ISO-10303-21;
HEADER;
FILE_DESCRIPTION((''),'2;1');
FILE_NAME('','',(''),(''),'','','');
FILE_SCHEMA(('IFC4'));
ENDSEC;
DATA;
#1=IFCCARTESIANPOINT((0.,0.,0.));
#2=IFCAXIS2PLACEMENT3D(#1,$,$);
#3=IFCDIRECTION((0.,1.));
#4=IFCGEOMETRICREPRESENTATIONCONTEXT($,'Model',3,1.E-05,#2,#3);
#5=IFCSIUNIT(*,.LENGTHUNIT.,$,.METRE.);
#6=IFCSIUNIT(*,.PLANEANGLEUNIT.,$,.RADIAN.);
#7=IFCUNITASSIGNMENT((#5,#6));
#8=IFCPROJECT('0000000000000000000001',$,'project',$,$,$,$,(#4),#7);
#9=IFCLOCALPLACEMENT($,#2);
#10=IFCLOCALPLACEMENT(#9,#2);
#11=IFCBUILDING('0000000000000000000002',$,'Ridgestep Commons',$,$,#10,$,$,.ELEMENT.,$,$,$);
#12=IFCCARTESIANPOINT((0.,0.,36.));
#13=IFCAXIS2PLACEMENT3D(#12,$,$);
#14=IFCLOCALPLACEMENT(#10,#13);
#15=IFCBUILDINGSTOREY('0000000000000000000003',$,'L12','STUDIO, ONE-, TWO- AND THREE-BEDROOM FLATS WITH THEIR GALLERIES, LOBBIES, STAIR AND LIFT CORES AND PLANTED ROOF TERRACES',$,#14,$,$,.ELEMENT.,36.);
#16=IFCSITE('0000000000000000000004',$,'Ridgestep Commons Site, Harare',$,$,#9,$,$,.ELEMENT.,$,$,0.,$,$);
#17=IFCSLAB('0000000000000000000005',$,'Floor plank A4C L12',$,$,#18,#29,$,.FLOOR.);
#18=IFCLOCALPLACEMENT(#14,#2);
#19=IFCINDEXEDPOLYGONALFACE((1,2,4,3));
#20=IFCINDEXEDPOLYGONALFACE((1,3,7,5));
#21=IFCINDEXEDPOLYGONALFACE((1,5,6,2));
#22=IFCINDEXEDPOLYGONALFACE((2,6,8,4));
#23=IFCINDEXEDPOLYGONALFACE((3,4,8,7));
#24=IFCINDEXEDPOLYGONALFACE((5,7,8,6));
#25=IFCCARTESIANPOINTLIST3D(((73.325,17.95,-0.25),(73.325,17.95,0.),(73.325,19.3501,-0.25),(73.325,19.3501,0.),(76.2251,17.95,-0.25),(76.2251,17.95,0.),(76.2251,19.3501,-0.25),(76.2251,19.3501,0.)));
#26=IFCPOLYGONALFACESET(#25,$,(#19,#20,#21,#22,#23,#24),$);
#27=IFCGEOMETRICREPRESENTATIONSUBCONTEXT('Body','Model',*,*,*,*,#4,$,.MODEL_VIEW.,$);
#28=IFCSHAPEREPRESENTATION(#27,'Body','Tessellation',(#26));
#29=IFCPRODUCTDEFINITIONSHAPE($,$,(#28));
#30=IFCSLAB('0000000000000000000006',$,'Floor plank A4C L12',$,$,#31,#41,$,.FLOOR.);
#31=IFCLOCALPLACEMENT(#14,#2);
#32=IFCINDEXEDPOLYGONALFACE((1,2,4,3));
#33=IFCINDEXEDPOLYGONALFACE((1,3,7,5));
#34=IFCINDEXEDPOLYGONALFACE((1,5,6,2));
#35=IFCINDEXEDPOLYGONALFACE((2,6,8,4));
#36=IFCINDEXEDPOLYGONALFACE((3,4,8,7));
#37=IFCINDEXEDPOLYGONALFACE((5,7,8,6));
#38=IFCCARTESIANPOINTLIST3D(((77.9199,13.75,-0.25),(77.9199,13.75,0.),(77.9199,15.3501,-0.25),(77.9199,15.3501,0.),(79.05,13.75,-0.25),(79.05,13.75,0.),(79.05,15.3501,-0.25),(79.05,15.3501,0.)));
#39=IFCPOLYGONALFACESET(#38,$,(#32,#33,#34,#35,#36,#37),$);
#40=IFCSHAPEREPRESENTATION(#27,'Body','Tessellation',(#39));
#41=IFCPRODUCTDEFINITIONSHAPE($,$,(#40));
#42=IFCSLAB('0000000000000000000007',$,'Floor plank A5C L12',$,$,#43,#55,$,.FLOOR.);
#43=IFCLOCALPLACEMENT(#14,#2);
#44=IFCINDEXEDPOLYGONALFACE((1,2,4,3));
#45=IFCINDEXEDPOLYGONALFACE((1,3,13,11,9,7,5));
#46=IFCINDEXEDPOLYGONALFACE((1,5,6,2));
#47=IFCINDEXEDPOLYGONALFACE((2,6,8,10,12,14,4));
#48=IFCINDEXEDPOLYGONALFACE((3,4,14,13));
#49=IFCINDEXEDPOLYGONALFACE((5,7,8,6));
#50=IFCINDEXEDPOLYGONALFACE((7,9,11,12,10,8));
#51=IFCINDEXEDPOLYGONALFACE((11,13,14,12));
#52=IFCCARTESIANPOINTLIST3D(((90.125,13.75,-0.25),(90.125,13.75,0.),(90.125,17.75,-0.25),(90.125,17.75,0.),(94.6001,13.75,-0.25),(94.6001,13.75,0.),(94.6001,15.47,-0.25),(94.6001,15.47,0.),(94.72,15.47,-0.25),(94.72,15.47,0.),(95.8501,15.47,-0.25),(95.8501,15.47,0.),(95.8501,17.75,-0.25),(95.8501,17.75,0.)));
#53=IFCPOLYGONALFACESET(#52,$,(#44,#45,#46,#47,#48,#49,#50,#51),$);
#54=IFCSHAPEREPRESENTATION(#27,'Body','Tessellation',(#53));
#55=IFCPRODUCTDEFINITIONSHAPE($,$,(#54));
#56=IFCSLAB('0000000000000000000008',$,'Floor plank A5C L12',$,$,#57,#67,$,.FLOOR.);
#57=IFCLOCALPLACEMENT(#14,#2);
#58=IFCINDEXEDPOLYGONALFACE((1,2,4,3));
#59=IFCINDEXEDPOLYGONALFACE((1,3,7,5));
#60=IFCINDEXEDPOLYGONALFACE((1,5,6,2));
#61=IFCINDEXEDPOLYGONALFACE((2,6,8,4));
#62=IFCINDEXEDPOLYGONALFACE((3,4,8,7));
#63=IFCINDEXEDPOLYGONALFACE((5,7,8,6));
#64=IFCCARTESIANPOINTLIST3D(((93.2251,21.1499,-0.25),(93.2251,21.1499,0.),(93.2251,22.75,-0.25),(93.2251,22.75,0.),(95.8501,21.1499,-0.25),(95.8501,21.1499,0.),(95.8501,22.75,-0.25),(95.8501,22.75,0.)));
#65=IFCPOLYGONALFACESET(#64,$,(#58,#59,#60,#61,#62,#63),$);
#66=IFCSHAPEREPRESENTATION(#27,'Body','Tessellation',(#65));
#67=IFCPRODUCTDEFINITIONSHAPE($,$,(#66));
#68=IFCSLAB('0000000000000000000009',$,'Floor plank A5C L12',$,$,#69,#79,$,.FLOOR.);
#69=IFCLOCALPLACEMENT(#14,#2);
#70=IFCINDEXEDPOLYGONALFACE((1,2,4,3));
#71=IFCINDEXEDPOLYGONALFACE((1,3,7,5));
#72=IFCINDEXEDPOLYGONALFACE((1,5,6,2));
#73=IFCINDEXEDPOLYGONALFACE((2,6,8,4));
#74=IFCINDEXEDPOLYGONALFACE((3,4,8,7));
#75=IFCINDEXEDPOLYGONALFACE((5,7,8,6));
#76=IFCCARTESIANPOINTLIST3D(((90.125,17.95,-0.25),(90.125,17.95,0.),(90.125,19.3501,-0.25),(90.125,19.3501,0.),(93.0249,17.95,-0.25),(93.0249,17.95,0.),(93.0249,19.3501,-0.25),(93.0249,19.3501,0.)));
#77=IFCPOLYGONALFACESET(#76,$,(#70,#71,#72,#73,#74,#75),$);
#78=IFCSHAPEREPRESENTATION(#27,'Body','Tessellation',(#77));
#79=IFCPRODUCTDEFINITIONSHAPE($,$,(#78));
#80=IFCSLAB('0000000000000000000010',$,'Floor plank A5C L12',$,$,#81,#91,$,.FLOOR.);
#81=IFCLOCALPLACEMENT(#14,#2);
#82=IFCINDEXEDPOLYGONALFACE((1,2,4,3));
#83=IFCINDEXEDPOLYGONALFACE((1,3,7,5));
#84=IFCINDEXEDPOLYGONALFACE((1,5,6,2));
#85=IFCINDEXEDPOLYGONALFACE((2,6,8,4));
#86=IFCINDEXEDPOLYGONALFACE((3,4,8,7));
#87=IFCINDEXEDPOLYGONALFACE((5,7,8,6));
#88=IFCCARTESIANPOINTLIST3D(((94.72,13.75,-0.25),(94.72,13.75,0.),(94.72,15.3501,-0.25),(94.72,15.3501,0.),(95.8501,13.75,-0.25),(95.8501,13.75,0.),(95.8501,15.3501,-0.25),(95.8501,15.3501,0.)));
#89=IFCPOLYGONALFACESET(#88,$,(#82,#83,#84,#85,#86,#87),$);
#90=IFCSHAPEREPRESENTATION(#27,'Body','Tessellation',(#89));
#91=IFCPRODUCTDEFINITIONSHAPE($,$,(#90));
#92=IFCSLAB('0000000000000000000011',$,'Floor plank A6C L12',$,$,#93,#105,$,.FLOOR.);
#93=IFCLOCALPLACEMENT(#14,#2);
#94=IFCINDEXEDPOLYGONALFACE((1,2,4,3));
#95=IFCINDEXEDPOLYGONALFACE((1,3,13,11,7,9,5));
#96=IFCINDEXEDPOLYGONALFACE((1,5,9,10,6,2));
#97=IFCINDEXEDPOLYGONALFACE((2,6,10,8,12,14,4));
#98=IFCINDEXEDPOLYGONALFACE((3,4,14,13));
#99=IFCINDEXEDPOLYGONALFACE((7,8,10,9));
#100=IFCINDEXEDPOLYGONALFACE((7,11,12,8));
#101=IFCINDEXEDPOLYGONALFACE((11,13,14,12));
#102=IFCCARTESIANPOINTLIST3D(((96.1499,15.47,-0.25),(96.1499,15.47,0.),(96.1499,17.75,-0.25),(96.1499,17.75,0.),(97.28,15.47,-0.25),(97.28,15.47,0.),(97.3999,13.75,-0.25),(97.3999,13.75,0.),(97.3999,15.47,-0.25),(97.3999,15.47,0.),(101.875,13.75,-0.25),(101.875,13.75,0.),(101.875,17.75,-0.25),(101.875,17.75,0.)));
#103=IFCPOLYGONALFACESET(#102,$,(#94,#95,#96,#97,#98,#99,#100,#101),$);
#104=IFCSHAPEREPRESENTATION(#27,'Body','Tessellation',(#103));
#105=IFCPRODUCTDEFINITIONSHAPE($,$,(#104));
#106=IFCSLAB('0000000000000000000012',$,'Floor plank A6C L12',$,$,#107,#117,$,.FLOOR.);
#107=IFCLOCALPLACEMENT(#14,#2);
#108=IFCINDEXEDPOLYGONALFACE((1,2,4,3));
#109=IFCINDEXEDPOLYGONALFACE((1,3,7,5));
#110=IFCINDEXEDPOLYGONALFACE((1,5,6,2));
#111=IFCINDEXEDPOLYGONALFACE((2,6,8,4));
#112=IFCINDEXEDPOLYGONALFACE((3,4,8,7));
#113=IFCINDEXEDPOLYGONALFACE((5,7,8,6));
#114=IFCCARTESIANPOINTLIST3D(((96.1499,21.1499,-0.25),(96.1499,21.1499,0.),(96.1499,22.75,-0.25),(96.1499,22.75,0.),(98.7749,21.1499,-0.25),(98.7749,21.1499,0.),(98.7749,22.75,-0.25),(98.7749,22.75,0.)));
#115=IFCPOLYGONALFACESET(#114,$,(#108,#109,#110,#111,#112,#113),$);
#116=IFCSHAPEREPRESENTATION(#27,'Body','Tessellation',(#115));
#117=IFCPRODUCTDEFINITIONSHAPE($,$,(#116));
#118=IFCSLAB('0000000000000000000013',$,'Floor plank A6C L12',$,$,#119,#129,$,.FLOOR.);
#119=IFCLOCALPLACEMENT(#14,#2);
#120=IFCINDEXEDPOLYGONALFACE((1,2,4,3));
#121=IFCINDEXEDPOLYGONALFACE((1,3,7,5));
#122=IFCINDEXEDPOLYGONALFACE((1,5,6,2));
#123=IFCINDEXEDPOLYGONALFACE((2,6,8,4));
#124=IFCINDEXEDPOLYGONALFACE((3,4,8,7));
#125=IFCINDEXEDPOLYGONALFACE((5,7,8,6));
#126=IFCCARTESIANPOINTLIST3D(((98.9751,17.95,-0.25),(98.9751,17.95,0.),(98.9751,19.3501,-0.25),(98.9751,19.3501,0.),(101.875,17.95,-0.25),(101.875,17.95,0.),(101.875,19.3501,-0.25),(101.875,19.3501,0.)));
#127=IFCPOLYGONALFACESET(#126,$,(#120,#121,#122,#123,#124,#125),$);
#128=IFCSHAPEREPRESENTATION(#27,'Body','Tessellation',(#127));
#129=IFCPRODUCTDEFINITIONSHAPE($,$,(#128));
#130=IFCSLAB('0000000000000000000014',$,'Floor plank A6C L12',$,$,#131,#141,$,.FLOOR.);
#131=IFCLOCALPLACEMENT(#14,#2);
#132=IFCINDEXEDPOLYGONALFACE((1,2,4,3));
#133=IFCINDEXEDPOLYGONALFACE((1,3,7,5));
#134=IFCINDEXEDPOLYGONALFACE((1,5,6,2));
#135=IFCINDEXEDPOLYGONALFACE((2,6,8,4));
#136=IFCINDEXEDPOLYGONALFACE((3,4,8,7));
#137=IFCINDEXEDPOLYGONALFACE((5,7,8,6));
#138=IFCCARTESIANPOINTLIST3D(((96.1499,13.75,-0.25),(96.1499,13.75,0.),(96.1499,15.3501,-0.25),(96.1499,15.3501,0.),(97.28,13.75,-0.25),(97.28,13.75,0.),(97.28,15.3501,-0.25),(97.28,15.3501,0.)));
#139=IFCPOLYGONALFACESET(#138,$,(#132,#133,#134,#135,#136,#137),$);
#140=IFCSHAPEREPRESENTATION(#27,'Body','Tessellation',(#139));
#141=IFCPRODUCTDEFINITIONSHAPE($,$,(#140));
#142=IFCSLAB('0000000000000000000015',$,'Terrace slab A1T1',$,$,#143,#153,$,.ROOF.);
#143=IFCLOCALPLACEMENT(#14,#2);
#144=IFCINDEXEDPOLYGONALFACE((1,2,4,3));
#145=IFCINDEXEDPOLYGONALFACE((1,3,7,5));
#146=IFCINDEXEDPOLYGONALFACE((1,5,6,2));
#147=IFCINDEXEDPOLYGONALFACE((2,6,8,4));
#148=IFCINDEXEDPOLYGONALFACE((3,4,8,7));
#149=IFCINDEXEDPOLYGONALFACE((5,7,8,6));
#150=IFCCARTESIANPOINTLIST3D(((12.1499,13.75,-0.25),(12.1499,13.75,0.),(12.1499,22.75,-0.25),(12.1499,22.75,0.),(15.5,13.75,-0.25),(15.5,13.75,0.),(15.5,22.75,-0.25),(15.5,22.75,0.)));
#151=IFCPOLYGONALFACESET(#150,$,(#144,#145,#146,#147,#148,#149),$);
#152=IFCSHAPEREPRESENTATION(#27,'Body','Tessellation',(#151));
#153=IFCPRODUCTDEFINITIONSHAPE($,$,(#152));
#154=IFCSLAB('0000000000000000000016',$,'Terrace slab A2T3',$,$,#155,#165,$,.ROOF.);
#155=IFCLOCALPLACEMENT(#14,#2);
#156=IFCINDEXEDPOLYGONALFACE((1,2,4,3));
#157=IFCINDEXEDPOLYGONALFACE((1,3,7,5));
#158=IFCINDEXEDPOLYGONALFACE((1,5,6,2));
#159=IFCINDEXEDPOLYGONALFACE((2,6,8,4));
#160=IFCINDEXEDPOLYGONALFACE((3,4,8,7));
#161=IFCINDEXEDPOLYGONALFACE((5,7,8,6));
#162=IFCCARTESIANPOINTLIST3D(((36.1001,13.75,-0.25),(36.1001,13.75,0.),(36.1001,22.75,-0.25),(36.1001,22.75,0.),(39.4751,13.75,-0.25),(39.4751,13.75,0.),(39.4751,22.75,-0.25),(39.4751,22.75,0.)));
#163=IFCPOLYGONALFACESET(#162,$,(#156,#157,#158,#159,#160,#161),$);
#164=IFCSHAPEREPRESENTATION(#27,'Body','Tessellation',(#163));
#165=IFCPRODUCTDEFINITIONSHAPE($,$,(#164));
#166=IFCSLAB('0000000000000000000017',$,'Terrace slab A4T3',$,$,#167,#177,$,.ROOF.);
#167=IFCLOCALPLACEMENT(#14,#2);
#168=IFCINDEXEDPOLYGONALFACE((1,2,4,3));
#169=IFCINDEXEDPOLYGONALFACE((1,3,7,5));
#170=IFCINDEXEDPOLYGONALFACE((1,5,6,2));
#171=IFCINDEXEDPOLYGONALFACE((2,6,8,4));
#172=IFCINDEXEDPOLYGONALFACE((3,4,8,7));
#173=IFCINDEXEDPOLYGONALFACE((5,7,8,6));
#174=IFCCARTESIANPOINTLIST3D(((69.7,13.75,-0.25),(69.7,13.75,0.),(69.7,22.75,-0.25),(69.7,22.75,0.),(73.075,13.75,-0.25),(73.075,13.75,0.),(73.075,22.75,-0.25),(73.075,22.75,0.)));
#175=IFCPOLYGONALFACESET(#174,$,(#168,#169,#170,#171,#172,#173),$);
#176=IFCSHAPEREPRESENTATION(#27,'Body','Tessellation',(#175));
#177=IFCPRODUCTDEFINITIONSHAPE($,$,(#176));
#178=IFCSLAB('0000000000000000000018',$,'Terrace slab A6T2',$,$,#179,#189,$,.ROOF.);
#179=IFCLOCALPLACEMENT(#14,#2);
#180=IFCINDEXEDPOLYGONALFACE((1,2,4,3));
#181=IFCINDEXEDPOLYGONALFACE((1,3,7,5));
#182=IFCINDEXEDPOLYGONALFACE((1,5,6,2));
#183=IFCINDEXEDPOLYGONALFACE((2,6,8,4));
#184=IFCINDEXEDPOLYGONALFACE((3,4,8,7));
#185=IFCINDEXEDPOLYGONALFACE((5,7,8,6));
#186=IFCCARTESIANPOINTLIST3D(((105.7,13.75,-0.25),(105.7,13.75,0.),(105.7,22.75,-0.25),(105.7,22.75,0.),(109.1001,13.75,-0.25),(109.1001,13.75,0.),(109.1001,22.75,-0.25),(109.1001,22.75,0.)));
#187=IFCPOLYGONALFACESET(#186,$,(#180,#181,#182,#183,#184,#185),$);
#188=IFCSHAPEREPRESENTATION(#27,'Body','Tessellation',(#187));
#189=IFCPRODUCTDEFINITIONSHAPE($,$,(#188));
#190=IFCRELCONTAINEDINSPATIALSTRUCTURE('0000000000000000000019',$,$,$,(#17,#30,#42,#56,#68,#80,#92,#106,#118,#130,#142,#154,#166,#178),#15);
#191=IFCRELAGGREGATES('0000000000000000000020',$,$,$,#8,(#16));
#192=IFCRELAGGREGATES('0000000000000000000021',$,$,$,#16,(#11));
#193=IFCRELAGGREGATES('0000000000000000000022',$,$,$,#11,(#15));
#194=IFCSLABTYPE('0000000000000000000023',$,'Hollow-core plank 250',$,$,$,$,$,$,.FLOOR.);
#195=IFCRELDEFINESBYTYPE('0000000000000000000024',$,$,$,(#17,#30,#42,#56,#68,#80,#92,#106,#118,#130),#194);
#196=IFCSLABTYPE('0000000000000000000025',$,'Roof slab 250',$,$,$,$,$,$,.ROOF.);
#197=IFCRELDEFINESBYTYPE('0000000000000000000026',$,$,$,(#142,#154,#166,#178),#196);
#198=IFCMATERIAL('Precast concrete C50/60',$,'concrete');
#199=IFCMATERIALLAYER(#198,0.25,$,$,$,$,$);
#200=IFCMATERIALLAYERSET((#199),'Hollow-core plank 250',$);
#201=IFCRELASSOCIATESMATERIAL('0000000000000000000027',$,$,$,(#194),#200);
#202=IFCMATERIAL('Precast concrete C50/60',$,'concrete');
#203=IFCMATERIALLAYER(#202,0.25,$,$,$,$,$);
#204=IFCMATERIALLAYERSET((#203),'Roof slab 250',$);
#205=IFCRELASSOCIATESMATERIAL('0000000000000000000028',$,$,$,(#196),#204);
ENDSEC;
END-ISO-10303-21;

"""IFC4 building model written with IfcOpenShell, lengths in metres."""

from ifc_helpers import new_model, si_unit, direction, frame, origin, place, context, subcontext, project, spatial, polyline, outline, extrude, material, layer, layer_set, type_object, element, save


model = new_model("IFC4")

# Units and contexts
model_context = context("Model", 3, precision=1e-05, world=origin(), true_north=direction((0.0, 1.0)))
body_context = subcontext(model_context, "Body", "Model", "MODEL_VIEW")
ifc_project = project(units=[si_unit("LENGTHUNIT", "METRE"), si_unit("PLANEANGLEUNIT", "RADIAN")], contexts=[model_context])

# Site, building, storey
site_placement = place(None, origin())
site = spatial("IfcSite", under=ifc_project, at=site_placement, Name="Ridgestep Commons Site, Harare", CompositionType="ELEMENT", RefElevation=0.0)
building_placement = place(site_placement, origin())
building = spatial("IfcBuilding", under=site, at=building_placement, Name="Ridgestep Commons", CompositionType="ELEMENT")
storey_placement = place(building_placement, frame((0.0, 0.0, 36.0)))
storey = spatial("IfcBuildingStorey", under=building, at=storey_placement, Name="L12", Description="STUDIO, ONE-, TWO- AND THREE-BEDROOM FLATS WITH THEIR GALLERIES, LOBBIES, STAIR AND LIFT CORES AND PLANTED ROOF TERRACES", CompositionType="ELEMENT", Elevation=36.0)

# Slabs
ifc_material_1 = material(Name="Precast concrete C50/60", Category="concrete")
ifc_layer_1 = layer(ifc_material_1, 0.25)
ifc_layer_set_1 = layer_set([ifc_layer_1], Name="Hollow-core plank 250")
slab_type_1 = type_object("IfcSlabType", Name="Hollow-core plank 250", PredefinedType="FLOOR", material=ifc_layer_set_1)
slab_1_placement = place(storey_placement, frame((0.0, 0.0, -0.25)))
element("IfcSlab", 1, at=slab_1_placement, inside=storey, type_object=slab_type_1, Name="Floor plank A4C L12", PredefinedType="FLOOR", context=body_context, shape_type="SweptSolid", body=[
    extrude(outline(polyline([(76.2251, 17.95), (76.2251, 19.3501), (73.325, 19.3501), (73.325, 17.95), (76.2251, 17.95)])), origin(), (0.0, 0.0, 1.0), 0.25),
])
slab_2_placement = place(storey_placement, frame((0.0, 0.0, -0.25)))
element("IfcSlab", 2, at=slab_2_placement, inside=storey, type_object=slab_type_1, Name="Floor plank A4C L12", PredefinedType="FLOOR", context=body_context, shape_type="SweptSolid", body=[
    extrude(outline(polyline([(77.9199, 13.75), (79.05, 13.75), (79.05, 15.3501), (77.9199, 15.3501), (77.9199, 13.75)])), origin(), (0.0, 0.0, 1.0), 0.25),
])
slab_3_placement = place(storey_placement, frame((0.0, 0.0, -0.25)))
element("IfcSlab", 3, at=slab_3_placement, inside=storey, type_object=slab_type_1, Name="Floor plank A5C L12", PredefinedType="FLOOR", context=body_context, shape_type="SweptSolid", body=[
    extrude(outline(polyline([(94.72, 15.47), (95.8501, 15.47), (95.8501, 17.75), (90.125, 17.75), (90.125, 13.75), (94.6001, 13.75), (94.6001, 15.47), (94.72, 15.47)])), origin(), (0.0, 0.0, 1.0), 0.25),
])
slab_4_placement = place(storey_placement, frame((0.0, 0.0, -0.25)))
element("IfcSlab", 4, at=slab_4_placement, inside=storey, type_object=slab_type_1, Name="Floor plank A5C L12", PredefinedType="FLOOR", context=body_context, shape_type="SweptSolid", body=[
    extrude(outline(polyline([(95.8501, 21.1499), (95.8501, 22.75), (93.2251, 22.75), (93.2251, 21.1499), (95.8501, 21.1499)])), origin(), (0.0, 0.0, 1.0), 0.25),
])
slab_5_placement = place(storey_placement, frame((0.0, 0.0, -0.25)))
element("IfcSlab", 5, at=slab_5_placement, inside=storey, type_object=slab_type_1, Name="Floor plank A5C L12", PredefinedType="FLOOR", context=body_context, shape_type="SweptSolid", body=[
    extrude(outline(polyline([(93.0249, 17.95), (93.0249, 19.3501), (90.125, 19.3501), (90.125, 17.95), (93.0249, 17.95)])), origin(), (0.0, 0.0, 1.0), 0.25),
])
slab_6_placement = place(storey_placement, frame((0.0, 0.0, -0.25)))
element("IfcSlab", 6, at=slab_6_placement, inside=storey, type_object=slab_type_1, Name="Floor plank A5C L12", PredefinedType="FLOOR", context=body_context, shape_type="SweptSolid", body=[
    extrude(outline(polyline([(94.72, 13.75), (95.8501, 13.75), (95.8501, 15.3501), (94.72, 15.3501), (94.72, 13.75)])), origin(), (0.0, 0.0, 1.0), 0.25),
])
slab_7_placement = place(storey_placement, frame((0.0, 0.0, -0.25)))
element("IfcSlab", 7, at=slab_7_placement, inside=storey, type_object=slab_type_1, Name="Floor plank A6C L12", PredefinedType="FLOOR", context=body_context, shape_type="SweptSolid", body=[
    extrude(outline(polyline([(97.3999, 13.75), (101.875, 13.75), (101.875, 17.75), (96.1499, 17.75), (96.1499, 15.47), (97.28, 15.47), (97.3999, 15.47), (97.3999, 13.75)])), origin(), (0.0, 0.0, 1.0), 0.25),
])
slab_8_placement = place(storey_placement, frame((0.0, 0.0, -0.25)))
element("IfcSlab", 8, at=slab_8_placement, inside=storey, type_object=slab_type_1, Name="Floor plank A6C L12", PredefinedType="FLOOR", context=body_context, shape_type="SweptSolid", body=[
    extrude(outline(polyline([(98.7749, 22.75), (96.1499, 22.75), (96.1499, 21.1499), (98.7749, 21.1499), (98.7749, 22.75)])), origin(), (0.0, 0.0, 1.0), 0.25),
])
slab_9_placement = place(storey_placement, frame((0.0, 0.0, -0.25)))
element("IfcSlab", 9, at=slab_9_placement, inside=storey, type_object=slab_type_1, Name="Floor plank A6C L12", PredefinedType="FLOOR", context=body_context, shape_type="SweptSolid", body=[
    extrude(outline(polyline([(101.875, 17.95), (101.875, 19.3501), (98.9751, 19.3501), (98.9751, 17.95), (101.875, 17.95)])), origin(), (0.0, 0.0, 1.0), 0.25),
])
slab_10_placement = place(storey_placement, frame((0.0, 0.0, -0.25)))
element("IfcSlab", 10, at=slab_10_placement, inside=storey, type_object=slab_type_1, Name="Floor plank A6C L12", PredefinedType="FLOOR", context=body_context, shape_type="SweptSolid", body=[
    extrude(outline(polyline([(97.28, 15.3501), (96.1499, 15.3501), (96.1499, 13.75), (97.28, 13.75), (97.28, 15.3501)])), origin(), (0.0, 0.0, 1.0), 0.25),
])
ifc_material_2 = material(Name="Precast concrete C50/60", Category="concrete")
ifc_layer_2 = layer(ifc_material_2, 0.25)
ifc_layer_set_2 = layer_set([ifc_layer_2], Name="Roof slab 250")
slab_type_2 = type_object("IfcSlabType", Name="Roof slab 250", PredefinedType="ROOF", material=ifc_layer_set_2)
slab_11_placement = place(storey_placement, frame((0.0, 0.0, -0.25)))
element("IfcSlab", 11, at=slab_11_placement, inside=storey, type_object=slab_type_2, Name="Terrace slab A1T1", PredefinedType="ROOF", context=body_context, shape_type="SweptSolid", body=[
    extrude(outline(polyline([(15.5, 13.75), (15.5, 22.75), (12.1499, 22.75), (12.1499, 13.75), (15.5, 13.75)])), origin(), (0.0, 0.0, 1.0), 0.25),
])
slab_12_placement = place(storey_placement, frame((0.0, 0.0, -0.25)))
element("IfcSlab", 12, at=slab_12_placement, inside=storey, type_object=slab_type_2, Name="Terrace slab A2T3", PredefinedType="ROOF", context=body_context, shape_type="SweptSolid", body=[
    extrude(outline(polyline([(39.4751, 13.75), (39.4751, 22.75), (36.1001, 22.75), (36.1001, 13.75), (39.4751, 13.75)])), origin(), (0.0, 0.0, 1.0), 0.25),
])
slab_13_placement = place(storey_placement, frame((0.0, 0.0, -0.25)))
element("IfcSlab", 13, at=slab_13_placement, inside=storey, type_object=slab_type_2, Name="Terrace slab A4T3", PredefinedType="ROOF", context=body_context, shape_type="SweptSolid", body=[
    extrude(outline(polyline([(73.075, 13.75), (73.075, 22.75), (69.7, 22.75), (69.7, 13.75), (73.075, 13.75)])), origin(), (0.0, 0.0, 1.0), 0.25),
])
slab_14_placement = place(storey_placement, frame((0.0, 0.0, -0.25)))
element("IfcSlab", 14, at=slab_14_placement, inside=storey, type_object=slab_type_2, Name="Terrace slab A6T2", PredefinedType="ROOF", context=body_context, shape_type="SweptSolid", body=[
    extrude(outline(polyline([(109.1001, 13.75), (109.1001, 22.75), (105.7, 22.75), (105.7, 13.75), (109.1001, 13.75)])), origin(), (0.0, 0.0, 1.0), 0.25),
])

save(model, "model.ifc")
